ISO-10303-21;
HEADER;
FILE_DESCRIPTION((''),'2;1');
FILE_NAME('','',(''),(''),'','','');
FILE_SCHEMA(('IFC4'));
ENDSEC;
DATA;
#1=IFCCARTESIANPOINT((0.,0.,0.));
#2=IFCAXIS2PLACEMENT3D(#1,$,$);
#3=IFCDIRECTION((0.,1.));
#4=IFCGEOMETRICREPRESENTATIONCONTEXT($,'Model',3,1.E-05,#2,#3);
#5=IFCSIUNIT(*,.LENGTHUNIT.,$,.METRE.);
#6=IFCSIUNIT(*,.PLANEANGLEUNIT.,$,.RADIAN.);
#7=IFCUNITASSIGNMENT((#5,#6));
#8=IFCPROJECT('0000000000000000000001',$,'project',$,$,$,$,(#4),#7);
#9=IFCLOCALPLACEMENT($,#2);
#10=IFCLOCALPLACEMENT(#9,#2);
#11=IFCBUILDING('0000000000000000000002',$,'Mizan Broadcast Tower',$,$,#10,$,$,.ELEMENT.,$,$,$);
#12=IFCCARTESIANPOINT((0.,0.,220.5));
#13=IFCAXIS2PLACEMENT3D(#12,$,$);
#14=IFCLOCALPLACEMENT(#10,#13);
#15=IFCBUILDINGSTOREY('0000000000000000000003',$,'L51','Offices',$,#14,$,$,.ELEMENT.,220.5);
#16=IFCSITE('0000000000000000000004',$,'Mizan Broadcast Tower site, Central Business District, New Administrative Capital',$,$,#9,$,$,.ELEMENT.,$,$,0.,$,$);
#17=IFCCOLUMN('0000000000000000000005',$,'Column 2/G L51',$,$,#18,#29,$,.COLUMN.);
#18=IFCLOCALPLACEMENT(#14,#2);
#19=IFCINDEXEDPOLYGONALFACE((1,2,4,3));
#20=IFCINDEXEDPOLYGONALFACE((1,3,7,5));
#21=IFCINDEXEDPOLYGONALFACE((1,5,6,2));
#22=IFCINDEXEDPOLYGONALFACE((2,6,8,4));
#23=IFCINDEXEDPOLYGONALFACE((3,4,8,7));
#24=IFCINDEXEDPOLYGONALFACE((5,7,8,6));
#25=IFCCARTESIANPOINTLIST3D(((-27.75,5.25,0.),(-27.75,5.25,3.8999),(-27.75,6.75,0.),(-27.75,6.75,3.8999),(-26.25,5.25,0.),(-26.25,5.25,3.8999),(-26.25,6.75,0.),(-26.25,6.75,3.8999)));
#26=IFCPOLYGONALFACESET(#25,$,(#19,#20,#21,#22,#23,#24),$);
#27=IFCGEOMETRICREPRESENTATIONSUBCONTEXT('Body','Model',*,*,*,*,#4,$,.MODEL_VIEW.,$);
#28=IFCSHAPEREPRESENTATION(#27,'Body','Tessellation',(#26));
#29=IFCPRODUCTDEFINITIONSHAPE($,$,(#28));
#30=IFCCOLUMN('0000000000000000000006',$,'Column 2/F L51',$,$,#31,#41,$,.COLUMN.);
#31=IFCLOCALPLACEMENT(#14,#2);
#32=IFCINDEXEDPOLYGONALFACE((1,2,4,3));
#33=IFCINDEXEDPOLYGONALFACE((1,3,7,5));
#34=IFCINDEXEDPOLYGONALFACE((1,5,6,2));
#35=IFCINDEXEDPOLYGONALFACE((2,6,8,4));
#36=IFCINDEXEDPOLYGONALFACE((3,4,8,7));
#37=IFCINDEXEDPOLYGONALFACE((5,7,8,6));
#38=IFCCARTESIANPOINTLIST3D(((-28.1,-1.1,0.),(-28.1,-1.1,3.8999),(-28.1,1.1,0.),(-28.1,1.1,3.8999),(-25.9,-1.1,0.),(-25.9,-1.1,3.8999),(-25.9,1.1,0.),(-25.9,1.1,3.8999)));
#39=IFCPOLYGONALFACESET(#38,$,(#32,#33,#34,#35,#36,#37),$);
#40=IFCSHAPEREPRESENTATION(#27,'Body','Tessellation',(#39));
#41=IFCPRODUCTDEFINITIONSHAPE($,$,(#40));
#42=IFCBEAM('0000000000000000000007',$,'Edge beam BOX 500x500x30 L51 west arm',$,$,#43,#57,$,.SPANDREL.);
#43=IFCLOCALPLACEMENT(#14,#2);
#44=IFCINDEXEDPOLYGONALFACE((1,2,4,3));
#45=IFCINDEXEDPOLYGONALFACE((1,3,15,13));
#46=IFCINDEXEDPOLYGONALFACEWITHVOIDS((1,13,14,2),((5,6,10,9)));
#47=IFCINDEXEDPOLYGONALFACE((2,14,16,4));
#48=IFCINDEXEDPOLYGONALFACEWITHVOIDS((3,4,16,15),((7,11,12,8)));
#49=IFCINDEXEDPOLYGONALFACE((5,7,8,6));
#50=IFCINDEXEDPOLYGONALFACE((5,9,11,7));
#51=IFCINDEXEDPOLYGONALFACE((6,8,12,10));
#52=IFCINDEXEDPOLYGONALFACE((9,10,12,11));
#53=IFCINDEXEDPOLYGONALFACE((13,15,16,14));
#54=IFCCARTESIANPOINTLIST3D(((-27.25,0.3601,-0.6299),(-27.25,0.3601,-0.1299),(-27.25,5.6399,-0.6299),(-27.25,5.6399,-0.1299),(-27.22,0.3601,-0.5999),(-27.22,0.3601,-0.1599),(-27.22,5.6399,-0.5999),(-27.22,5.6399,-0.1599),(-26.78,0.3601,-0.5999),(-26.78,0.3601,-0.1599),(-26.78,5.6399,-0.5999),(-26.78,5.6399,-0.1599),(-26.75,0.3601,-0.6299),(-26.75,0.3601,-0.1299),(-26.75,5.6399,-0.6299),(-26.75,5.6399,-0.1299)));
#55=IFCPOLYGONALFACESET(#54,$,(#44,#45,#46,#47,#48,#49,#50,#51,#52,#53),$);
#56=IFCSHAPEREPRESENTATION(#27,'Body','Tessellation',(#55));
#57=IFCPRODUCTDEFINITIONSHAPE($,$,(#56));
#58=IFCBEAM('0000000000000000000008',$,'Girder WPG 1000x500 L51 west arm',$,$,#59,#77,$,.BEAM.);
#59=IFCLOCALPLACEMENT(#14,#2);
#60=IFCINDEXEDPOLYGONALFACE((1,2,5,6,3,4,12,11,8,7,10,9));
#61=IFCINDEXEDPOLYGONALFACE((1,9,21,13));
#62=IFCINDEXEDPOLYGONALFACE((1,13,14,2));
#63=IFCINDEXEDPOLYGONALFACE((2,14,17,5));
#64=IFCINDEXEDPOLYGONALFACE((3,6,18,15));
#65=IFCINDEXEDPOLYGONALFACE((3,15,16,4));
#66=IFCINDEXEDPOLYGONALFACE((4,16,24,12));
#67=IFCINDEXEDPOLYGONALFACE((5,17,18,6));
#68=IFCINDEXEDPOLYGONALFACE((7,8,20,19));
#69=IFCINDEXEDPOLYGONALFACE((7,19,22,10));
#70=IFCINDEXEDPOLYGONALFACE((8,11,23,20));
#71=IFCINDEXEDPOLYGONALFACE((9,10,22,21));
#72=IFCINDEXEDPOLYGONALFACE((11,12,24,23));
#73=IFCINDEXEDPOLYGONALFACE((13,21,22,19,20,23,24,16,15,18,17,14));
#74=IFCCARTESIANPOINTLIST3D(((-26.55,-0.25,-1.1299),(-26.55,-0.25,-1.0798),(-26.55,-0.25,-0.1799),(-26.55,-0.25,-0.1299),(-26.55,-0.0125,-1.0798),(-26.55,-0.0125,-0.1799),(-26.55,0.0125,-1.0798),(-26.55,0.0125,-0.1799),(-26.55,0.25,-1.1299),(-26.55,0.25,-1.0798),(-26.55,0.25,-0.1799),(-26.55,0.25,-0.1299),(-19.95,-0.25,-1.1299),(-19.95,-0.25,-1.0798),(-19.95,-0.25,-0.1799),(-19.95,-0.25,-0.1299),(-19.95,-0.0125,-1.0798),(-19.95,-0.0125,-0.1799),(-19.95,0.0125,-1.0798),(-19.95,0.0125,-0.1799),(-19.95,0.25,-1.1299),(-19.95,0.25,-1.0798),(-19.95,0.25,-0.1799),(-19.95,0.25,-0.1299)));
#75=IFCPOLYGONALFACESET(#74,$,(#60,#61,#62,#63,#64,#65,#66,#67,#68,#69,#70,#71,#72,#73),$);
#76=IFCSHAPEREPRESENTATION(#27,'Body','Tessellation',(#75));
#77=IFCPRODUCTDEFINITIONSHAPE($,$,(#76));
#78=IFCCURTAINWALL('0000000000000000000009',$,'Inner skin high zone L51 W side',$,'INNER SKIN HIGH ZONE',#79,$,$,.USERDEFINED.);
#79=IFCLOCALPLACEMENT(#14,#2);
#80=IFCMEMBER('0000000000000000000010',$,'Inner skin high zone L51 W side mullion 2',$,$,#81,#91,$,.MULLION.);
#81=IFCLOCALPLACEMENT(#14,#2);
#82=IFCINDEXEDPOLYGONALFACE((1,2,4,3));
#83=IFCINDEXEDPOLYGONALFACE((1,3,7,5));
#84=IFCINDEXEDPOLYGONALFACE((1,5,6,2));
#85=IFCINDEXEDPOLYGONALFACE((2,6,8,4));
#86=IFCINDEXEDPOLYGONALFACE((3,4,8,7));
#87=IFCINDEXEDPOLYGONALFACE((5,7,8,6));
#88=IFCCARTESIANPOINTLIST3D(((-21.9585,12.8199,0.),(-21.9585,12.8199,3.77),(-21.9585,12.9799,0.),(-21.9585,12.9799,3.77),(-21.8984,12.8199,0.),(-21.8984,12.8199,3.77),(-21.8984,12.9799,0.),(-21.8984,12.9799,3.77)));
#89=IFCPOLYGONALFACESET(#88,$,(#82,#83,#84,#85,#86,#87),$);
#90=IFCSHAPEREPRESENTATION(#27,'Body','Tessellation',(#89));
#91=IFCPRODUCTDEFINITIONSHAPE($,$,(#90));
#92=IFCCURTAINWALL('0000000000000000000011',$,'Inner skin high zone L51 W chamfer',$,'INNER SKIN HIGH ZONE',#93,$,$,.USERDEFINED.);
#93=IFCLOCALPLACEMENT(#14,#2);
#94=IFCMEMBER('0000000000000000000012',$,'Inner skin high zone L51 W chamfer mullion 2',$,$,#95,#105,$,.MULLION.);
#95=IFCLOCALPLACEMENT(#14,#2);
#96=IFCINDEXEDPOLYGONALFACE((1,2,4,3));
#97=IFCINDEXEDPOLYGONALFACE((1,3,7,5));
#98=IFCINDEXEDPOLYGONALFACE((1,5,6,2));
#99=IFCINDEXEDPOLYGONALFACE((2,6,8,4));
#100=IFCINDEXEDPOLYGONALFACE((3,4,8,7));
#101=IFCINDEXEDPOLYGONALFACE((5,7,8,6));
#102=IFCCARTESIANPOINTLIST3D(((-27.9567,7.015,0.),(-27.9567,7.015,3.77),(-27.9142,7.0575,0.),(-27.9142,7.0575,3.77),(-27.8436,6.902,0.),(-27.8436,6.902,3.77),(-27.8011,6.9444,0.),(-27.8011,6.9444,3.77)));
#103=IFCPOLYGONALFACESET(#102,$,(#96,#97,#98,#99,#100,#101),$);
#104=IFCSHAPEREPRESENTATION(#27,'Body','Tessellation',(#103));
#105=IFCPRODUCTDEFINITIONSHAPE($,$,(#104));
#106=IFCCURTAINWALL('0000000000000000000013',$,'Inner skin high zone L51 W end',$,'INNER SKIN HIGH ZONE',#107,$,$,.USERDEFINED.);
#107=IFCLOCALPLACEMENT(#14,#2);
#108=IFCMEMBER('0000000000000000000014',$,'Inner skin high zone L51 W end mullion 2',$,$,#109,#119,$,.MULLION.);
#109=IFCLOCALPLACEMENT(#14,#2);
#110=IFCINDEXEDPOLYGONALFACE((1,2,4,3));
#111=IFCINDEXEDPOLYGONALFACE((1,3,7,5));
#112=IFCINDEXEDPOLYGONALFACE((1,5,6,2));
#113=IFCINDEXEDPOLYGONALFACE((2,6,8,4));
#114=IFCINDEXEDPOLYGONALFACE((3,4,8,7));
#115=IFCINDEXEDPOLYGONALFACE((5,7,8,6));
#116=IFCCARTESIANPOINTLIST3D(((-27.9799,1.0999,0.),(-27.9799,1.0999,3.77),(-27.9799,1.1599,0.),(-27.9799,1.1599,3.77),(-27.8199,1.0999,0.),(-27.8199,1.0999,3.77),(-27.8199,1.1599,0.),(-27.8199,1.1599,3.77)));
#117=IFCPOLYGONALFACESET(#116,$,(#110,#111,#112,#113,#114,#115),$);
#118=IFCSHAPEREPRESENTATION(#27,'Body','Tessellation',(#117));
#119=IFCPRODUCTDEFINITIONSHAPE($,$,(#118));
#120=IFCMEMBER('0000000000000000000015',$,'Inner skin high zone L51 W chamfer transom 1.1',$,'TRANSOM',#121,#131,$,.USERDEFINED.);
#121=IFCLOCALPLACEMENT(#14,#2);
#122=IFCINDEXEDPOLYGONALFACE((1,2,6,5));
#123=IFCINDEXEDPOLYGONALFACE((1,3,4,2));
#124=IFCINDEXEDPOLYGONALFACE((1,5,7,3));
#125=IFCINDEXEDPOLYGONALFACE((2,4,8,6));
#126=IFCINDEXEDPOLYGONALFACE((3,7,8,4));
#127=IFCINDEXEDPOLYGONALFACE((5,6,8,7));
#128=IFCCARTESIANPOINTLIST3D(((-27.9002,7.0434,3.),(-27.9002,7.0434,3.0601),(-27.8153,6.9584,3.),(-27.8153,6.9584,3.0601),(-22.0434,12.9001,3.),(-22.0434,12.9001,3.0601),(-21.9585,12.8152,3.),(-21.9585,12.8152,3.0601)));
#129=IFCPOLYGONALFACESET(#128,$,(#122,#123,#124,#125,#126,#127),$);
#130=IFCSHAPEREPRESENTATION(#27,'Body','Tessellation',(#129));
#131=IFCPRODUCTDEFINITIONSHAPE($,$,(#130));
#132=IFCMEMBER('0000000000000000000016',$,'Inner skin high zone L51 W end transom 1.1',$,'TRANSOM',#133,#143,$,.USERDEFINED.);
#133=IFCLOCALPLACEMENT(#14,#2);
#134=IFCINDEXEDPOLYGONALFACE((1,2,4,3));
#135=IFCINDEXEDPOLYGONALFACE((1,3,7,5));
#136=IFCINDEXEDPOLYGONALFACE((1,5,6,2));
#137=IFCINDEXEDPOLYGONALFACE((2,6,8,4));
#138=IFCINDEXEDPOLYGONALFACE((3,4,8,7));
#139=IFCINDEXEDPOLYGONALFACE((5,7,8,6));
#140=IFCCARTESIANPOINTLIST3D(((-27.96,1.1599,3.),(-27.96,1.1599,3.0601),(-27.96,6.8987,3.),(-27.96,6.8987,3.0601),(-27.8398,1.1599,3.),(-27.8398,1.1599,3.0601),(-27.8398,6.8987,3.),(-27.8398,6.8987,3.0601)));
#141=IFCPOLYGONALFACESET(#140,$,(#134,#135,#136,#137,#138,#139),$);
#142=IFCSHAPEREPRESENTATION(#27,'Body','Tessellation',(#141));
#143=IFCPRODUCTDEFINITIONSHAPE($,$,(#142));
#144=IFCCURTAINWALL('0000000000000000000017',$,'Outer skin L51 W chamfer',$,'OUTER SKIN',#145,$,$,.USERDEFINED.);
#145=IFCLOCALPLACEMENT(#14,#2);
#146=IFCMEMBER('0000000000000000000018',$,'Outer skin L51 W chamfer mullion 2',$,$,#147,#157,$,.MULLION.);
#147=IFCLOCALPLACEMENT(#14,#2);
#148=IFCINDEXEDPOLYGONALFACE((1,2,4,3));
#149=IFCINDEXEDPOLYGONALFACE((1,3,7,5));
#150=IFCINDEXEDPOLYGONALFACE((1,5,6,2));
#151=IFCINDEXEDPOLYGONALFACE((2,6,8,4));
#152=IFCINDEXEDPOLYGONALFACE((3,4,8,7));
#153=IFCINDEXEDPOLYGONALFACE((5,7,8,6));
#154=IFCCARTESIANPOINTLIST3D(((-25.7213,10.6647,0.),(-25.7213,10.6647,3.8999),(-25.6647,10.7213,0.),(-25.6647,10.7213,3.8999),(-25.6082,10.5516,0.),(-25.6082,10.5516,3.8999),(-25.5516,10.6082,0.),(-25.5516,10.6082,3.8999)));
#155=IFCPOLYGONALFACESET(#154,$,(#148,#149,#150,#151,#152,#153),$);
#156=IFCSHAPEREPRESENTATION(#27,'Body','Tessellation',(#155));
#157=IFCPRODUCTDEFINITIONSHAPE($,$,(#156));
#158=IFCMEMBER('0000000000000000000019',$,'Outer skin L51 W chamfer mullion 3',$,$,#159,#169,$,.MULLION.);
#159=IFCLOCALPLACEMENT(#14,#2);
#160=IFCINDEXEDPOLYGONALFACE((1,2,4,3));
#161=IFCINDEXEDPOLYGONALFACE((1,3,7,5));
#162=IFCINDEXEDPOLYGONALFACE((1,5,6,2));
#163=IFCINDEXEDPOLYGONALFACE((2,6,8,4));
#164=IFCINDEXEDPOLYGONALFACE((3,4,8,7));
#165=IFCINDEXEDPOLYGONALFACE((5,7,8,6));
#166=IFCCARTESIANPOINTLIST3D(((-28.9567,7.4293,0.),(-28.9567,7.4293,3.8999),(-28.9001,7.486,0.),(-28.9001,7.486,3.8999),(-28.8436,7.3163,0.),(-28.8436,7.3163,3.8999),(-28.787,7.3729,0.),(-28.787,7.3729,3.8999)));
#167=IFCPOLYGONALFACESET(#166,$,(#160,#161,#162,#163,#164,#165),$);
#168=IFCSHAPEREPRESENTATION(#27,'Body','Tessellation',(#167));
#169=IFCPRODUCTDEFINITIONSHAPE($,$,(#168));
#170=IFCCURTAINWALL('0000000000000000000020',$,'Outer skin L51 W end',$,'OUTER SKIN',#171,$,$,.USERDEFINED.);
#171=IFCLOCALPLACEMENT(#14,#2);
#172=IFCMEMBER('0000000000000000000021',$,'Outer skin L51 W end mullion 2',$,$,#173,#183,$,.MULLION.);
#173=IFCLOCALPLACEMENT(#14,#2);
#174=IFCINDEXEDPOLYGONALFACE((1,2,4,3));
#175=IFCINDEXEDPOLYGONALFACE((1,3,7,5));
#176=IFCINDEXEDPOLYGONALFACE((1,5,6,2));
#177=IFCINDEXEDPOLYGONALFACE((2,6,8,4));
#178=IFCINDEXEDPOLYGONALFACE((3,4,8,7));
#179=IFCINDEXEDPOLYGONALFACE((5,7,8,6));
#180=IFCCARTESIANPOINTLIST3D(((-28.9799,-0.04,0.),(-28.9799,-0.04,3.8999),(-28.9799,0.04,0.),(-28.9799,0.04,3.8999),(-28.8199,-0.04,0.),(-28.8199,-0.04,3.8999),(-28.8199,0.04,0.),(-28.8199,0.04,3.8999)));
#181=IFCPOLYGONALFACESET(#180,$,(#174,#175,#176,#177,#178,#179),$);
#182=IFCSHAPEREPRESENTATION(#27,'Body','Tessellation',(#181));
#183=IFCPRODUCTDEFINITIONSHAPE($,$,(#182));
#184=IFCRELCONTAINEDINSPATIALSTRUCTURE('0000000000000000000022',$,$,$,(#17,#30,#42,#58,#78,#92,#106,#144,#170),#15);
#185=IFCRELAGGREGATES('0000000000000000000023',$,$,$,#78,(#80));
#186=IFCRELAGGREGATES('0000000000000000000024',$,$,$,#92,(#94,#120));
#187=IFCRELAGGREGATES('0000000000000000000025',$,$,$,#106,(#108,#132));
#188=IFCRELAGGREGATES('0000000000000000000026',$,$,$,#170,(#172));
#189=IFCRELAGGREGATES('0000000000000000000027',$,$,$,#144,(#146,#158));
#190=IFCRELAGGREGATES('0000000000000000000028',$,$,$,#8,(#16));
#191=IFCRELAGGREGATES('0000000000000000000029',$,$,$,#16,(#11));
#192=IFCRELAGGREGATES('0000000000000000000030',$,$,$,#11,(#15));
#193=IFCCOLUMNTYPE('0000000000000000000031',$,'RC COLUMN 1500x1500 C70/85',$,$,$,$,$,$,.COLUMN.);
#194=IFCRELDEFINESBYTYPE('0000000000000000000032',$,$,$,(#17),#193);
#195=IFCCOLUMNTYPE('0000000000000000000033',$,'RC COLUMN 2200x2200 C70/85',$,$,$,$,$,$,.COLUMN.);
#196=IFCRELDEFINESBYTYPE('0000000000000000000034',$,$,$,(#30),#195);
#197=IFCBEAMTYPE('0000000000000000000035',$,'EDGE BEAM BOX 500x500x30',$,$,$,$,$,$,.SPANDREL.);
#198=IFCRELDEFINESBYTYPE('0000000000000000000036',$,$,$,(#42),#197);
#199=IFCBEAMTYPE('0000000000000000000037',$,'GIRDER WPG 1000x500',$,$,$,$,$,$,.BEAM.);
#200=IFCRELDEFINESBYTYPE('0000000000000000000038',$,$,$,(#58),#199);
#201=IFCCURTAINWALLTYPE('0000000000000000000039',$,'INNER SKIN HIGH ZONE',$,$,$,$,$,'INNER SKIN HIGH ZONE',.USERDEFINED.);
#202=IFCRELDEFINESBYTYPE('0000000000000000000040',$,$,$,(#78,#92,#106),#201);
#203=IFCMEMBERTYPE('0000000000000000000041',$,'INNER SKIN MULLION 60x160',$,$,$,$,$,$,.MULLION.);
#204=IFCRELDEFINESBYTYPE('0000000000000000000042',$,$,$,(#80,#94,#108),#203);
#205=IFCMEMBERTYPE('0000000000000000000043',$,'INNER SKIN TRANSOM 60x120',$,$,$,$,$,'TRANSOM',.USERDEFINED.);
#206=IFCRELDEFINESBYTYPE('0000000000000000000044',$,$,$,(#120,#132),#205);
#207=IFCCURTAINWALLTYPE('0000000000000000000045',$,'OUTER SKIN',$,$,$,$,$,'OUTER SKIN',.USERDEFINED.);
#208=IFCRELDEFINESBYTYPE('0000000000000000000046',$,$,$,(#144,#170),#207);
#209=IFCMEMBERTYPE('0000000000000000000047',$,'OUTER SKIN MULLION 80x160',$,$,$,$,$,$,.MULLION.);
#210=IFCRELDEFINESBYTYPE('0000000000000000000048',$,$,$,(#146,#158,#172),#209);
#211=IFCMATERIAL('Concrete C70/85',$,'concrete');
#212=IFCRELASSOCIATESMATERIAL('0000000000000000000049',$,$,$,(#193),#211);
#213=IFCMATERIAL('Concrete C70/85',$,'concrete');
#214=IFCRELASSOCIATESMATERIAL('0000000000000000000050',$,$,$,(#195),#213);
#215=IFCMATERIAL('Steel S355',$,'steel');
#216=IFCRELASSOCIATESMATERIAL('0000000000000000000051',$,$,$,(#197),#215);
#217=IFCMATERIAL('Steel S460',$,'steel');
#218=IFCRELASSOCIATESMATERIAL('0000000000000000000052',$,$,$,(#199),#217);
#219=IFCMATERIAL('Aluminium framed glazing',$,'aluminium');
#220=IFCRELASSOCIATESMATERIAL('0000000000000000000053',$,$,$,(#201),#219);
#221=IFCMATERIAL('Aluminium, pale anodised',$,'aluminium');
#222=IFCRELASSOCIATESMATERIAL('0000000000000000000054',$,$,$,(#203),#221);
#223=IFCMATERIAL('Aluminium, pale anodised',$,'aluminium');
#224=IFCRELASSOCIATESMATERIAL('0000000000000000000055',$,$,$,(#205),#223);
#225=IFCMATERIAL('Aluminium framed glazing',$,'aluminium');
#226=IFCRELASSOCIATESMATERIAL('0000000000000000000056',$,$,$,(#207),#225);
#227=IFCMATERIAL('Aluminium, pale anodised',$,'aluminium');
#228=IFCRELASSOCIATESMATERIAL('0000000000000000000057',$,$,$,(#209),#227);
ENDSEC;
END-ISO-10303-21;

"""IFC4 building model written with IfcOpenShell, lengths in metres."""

from ifc_helpers import new_model, si_unit, direction, frame, origin, origin_2d, place, context, subcontext, project, spatial, rectangle, hollow_rectangle, i_section, extrude, material, material_profile, profile_set, type_object, element, aggregate, save


model = new_model("IFC4")

# Units and contexts
model_context = context("Model", 3, precision=1e-05, world=origin(), true_north=direction((0.0, 1.0)))
body_context = subcontext(model_context, "Body", "Model", "MODEL_VIEW")
ifc_project = project(units=[si_unit("LENGTHUNIT", "METRE"), si_unit("PLANEANGLEUNIT", "RADIAN")], contexts=[model_context])

# Site, building, storey
site_placement = place(None, origin())
site = spatial("IfcSite", under=ifc_project, at=site_placement, Name="Mizan Broadcast Tower site, Central Business District, New Administrative Capital", CompositionType="ELEMENT", RefElevation=0.0)
building_placement = place(site_placement, origin())
building = spatial("IfcBuilding", under=site, at=building_placement, Name="Mizan Broadcast Tower", CompositionType="ELEMENT")
storey_placement = place(building_placement, frame((0.0, 0.0, 220.5)))
storey = spatial("IfcBuildingStorey", under=building, at=storey_placement, Name="L51", Description="Offices", CompositionType="ELEMENT", Elevation=220.5)

# Columns
ifc_material_1 = material(Name="Concrete C70/85", Category="concrete")
ifc_material_profile_1 = material_profile(ifc_material_1, rectangle(XDim=1.5, YDim=1.5, at=origin_2d()), Name="RC 1500x1500")
ifc_profile_set_1 = profile_set([ifc_material_profile_1], Name="Concrete C70/85")
column_type_1 = type_object("IfcColumnType", Name="RC COLUMN 1500x1500 C70/85", PredefinedType="COLUMN", material=ifc_profile_set_1)
column_1_placement = place(storey_placement, frame((-27.0, 6.0, 0.0), z_axis=(0.0, 0.0, 1.0), x_axis=(1.0, 0.0, 0.0)))
element("IfcColumn", 1, at=column_1_placement, inside=storey, type_object=column_type_1, Name="Column 2/G L51", PredefinedType="COLUMN", context=body_context, shape_type="SweptSolid", body=[
    extrude(rectangle(XDim=1.5, YDim=1.5, at=origin_2d()), origin(), (0.0, 0.0, 1.0), 3.8999),
])
ifc_material_2 = material(Name="Concrete C70/85", Category="concrete")
ifc_material_profile_2 = material_profile(ifc_material_2, rectangle(XDim=2.2, YDim=2.2, at=origin_2d()), Name="RC 2200x2200")
ifc_profile_set_2 = profile_set([ifc_material_profile_2], Name="Concrete C70/85")
column_type_2 = type_object("IfcColumnType", Name="RC COLUMN 2200x2200 C70/85", PredefinedType="COLUMN", material=ifc_profile_set_2)
column_2_placement = place(storey_placement, frame((-27.0, 0.0, 0.0), z_axis=(0.0, 0.0, 1.0), x_axis=(1.0, 0.0, 0.0)))
element("IfcColumn", 2, at=column_2_placement, inside=storey, type_object=column_type_2, Name="Column 2/F L51", PredefinedType="COLUMN", context=body_context, shape_type="SweptSolid", body=[
    extrude(rectangle(XDim=2.2, YDim=2.2, at=origin_2d()), origin(), (0.0, 0.0, 1.0), 3.8999),
])

# Beams
ifc_material_3 = material(Name="Steel S355", Category="steel")
ifc_material_profile_3 = material_profile(ifc_material_3, hollow_rectangle(XDim=0.5, YDim=0.5, WallThickness=0.03, at=origin_2d()), Name="BOX 500x500x30")
ifc_profile_set_3 = profile_set([ifc_material_profile_3], Name="Steel S355")
beam_type_1 = type_object("IfcBeamType", Name="EDGE BEAM BOX 500x500x30", PredefinedType="SPANDREL", material=ifc_profile_set_3)
beam_1_placement = place(storey_placement, frame((-27.0, 5.6399, -0.3799), z_axis=(0.0, -1.0, 0.0), x_axis=(1.0, 0.0, 0.0)))
element("IfcBeam", 3, at=beam_1_placement, inside=storey, type_object=beam_type_1, Name="Edge beam BOX 500x500x30 L51 west arm", PredefinedType="SPANDREL", context=body_context, shape_type="SweptSolid", body=[
    extrude(hollow_rectangle(XDim=0.5, YDim=0.5, WallThickness=0.03, at=origin_2d()), origin(), (0.0, 0.0, 1.0), 5.2798),
])
ifc_material_4 = material(Name="Steel S460", Category="steel")
ifc_material_profile_4 = material_profile(ifc_material_4, i_section(OverallWidth=0.5, OverallDepth=1.0, WebThickness=0.0249, FlangeThickness=0.05, at=origin_2d()), Name="WPG 1000x500")
ifc_profile_set_4 = profile_set([ifc_material_profile_4], Name="Steel S460")
beam_type_2 = type_object("IfcBeamType", Name="GIRDER WPG 1000x500", PredefinedType="BEAM", material=ifc_profile_set_4)
beam_2_placement = place(storey_placement, frame((-19.95, 0.0, -0.6299), z_axis=(-1.0, 0.0, 0.0), x_axis=(0.0, -1.0, 0.0)))
element("IfcBeam", 4, at=beam_2_placement, inside=storey, type_object=beam_type_2, Name="Girder WPG 1000x500 L51 west arm", PredefinedType="BEAM", context=body_context, shape_type="SweptSolid", body=[
    extrude(i_section(OverallWidth=0.5, OverallDepth=1.0, WebThickness=0.0249, FlangeThickness=0.05, at=origin_2d()), origin(), (0.0, 0.0, 1.0), 6.6001),
])

# Curtain walls, members
ifc_material_5 = material(Name="Aluminium framed glazing", Category="aluminium")
curtain_wall_type_1 = type_object("IfcCurtainWallType", Name="INNER SKIN HIGH ZONE", ElementType="INNER SKIN HIGH ZONE", PredefinedType="USERDEFINED", material=ifc_material_5)
curtain_wall_1_placement = place(storey_placement, origin())
curtain_wall_1 = element("IfcCurtainWall", 5, at=curtain_wall_1_placement, inside=storey, type_object=curtain_wall_type_1, Name="Inner skin high zone L51 W side", ObjectType="INNER SKIN HIGH ZONE", PredefinedType="USERDEFINED")
ifc_material_6 = material(Name="Aluminium, pale anodised", Category="aluminium")
ifc_material_profile_5 = material_profile(ifc_material_6, rectangle(XDim=0.1599, YDim=0.0601, at=origin_2d()), Name="MULLION 160x60")
ifc_profile_set_5 = profile_set([ifc_material_profile_5], Name="Aluminium, pale anodised")
member_type_1 = type_object("IfcMemberType", Name="INNER SKIN MULLION 60x160", PredefinedType="MULLION", material=ifc_profile_set_5)
member_1_placement = place(storey_placement, frame((-21.9285, 12.8999, 0.0), z_axis=(0.0, 0.0, 1.0), x_axis=(0.0, -1.0, 0.0)))
member_1 = element("IfcMember", 6, at=member_1_placement, type_object=member_type_1, Name="Inner skin high zone L51 W side mullion 2", PredefinedType="MULLION", context=body_context, shape_type="SweptSolid", body=[
    extrude(rectangle(XDim=0.1599, YDim=0.0601, at=origin_2d()), origin(), (0.0, 0.0, 1.0), 3.77),
])
aggregate(curtain_wall_1, [member_1])
curtain_wall_2_placement = place(storey_placement, origin())
curtain_wall_2 = element("IfcCurtainWall", 7, at=curtain_wall_2_placement, inside=storey, type_object=curtain_wall_type_1, Name="Inner skin high zone L51 W chamfer", ObjectType="INNER SKIN HIGH ZONE", PredefinedType="USERDEFINED")
member_2_placement = place(storey_placement, frame((-27.8789, 6.9797, 0.0), z_axis=(0.0, 0.0, 1.0), x_axis=(0.707107, -0.707107, 0.0)))
member_2 = element("IfcMember", 8, at=member_2_placement, type_object=member_type_1, Name="Inner skin high zone L51 W chamfer mullion 2", PredefinedType="MULLION", context=body_context, shape_type="SweptSolid", body=[
    extrude(rectangle(XDim=0.1599, YDim=0.0601, at=origin_2d()), origin(), (0.0, 0.0, 1.0), 3.77),
])
curtain_wall_3_placement = place(storey_placement, origin())
curtain_wall_3 = element("IfcCurtainWall", 9, at=curtain_wall_3_placement, inside=storey, type_object=curtain_wall_type_1, Name="Inner skin high zone L51 W end", ObjectType="INNER SKIN HIGH ZONE", PredefinedType="USERDEFINED")
member_3_placement = place(storey_placement, frame((-27.8999, 1.1299, 0.0), z_axis=(0.0, 0.0, 1.0), x_axis=(1.0, 0.0, 0.0)))
member_3 = element("IfcMember", 10, at=member_3_placement, type_object=member_type_1, Name="Inner skin high zone L51 W end mullion 2", PredefinedType="MULLION", context=body_context, shape_type="SweptSolid", body=[
    extrude(rectangle(XDim=0.1599, YDim=0.0601, at=origin_2d()), origin(), (0.0, 0.0, 1.0), 3.77),
])

# Members
ifc_material_7 = material(Name="Aluminium, pale anodised", Category="aluminium")
ifc_material_profile_6 = material_profile(ifc_material_7, rectangle(XDim=0.1201, YDim=0.0601, at=origin_2d()), Name="TRANSOM 120x60")
ifc_profile_set_6 = profile_set([ifc_material_profile_6], Name="Aluminium, pale anodised")
member_type_2 = type_object("IfcMemberType", Name="INNER SKIN TRANSOM 60x120", ElementType="TRANSOM", PredefinedType="USERDEFINED", material=ifc_profile_set_6)
member_4_placement = place(storey_placement, frame((-22.001, 12.8577, 3.03), z_axis=(-0.707107, -0.707107, 0.0), x_axis=(0.707107, -0.707107, 0.0)))
member_4 = element("IfcMember", 11, at=member_4_placement, type_object=member_type_2, Name="Inner skin high zone L51 W chamfer transom 1.1", ObjectType="TRANSOM", PredefinedType="USERDEFINED", context=body_context, shape_type="SweptSolid", body=[
    extrude(rectangle(XDim=0.1201, YDim=0.0601, at=origin_2d()), origin(), (0.0, 0.0, 1.0), 8.2827),
])
member_5_placement = place(storey_placement, frame((-27.8999, 6.8987, 3.03), z_axis=(0.0, -1.0, 0.0), x_axis=(1.0, 0.0, 0.0)))
member_5 = element("IfcMember", 12, at=member_5_placement, type_object=member_type_2, Name="Inner skin high zone L51 W end transom 1.1", ObjectType="TRANSOM", PredefinedType="USERDEFINED", context=body_context, shape_type="SweptSolid", body=[
    extrude(rectangle(XDim=0.1201, YDim=0.0601, at=origin_2d()), origin(), (0.0, 0.0, 1.0), 5.7388),
])

# Curtain wall, members
ifc_material_8 = material(Name="Aluminium framed glazing", Category="aluminium")
curtain_wall_type_2 = type_object("IfcCurtainWallType", Name="OUTER SKIN", ElementType="OUTER SKIN", PredefinedType="USERDEFINED", material=ifc_material_8)
curtain_wall_4_placement = place(storey_placement, origin())
curtain_wall_4 = element("IfcCurtainWall", 13, at=curtain_wall_4_placement, inside=storey, type_object=curtain_wall_type_2, Name="Outer skin L51 W chamfer", ObjectType="OUTER SKIN", PredefinedType="USERDEFINED")
ifc_material_9 = material(Name="Aluminium, pale anodised", Category="aluminium")
ifc_material_profile_7 = material_profile(ifc_material_9, rectangle(XDim=0.1599, YDim=0.0801, at=origin_2d()), Name="MULLION 160x80")
ifc_profile_set_7 = profile_set([ifc_material_profile_7], Name="Aluminium, pale anodised")
member_type_3 = type_object("IfcMemberType", Name="OUTER SKIN MULLION 80x160", PredefinedType="MULLION", material=ifc_profile_set_7)
member_6_placement = place(storey_placement, frame((-25.6365, 10.6365, 0.0), z_axis=(0.0, 0.0, 1.0), x_axis=(0.707107, -0.707107, 0.0)))
member_6 = element("IfcMember", 14, at=member_6_placement, type_object=member_type_3, Name="Outer skin L51 W chamfer mullion 2", PredefinedType="MULLION", context=body_context, shape_type="SweptSolid", body=[
    extrude(rectangle(XDim=0.1599, YDim=0.0801, at=origin_2d()), origin(), (0.0, 0.0, 1.0), 3.8999),
])
member_7_placement = place(storey_placement, frame((-28.8718, 7.4011, 0.0), z_axis=(0.0, 0.0, 1.0), x_axis=(0.707107, -0.707107, 0.0)))
member_7 = element("IfcMember", 15, at=member_7_placement, type_object=member_type_3, Name="Outer skin L51 W chamfer mullion 3", PredefinedType="MULLION", context=body_context, shape_type="SweptSolid", body=[
    extrude(rectangle(XDim=0.1599, YDim=0.0801, at=origin_2d()), origin(), (0.0, 0.0, 1.0), 3.8999),
])

# Curtain wall, member
curtain_wall_5_placement = place(storey_placement, origin())
curtain_wall_5 = element("IfcCurtainWall", 16, at=curtain_wall_5_placement, inside=storey, type_object=curtain_wall_type_2, Name="Outer skin L51 W end", ObjectType="OUTER SKIN", PredefinedType="USERDEFINED")
member_8_placement = place(storey_placement, frame((-28.8999, 0.0, 0.0), z_axis=(0.0, 0.0, 1.0), x_axis=(1.0, 0.0, 0.0)))
member_8 = element("IfcMember", 17, at=member_8_placement, type_object=member_type_3, Name="Outer skin L51 W end mullion 2", PredefinedType="MULLION", context=body_context, shape_type="SweptSolid", body=[
    extrude(rectangle(XDim=0.1599, YDim=0.0801, at=origin_2d()), origin(), (0.0, 0.0, 1.0), 3.8999),
])

aggregate(curtain_wall_2, [member_2, member_4])
aggregate(curtain_wall_3, [member_3, member_5])
aggregate(curtain_wall_5, [member_8])
aggregate(curtain_wall_4, [member_6, member_7])

save(model, "model.ifc")
